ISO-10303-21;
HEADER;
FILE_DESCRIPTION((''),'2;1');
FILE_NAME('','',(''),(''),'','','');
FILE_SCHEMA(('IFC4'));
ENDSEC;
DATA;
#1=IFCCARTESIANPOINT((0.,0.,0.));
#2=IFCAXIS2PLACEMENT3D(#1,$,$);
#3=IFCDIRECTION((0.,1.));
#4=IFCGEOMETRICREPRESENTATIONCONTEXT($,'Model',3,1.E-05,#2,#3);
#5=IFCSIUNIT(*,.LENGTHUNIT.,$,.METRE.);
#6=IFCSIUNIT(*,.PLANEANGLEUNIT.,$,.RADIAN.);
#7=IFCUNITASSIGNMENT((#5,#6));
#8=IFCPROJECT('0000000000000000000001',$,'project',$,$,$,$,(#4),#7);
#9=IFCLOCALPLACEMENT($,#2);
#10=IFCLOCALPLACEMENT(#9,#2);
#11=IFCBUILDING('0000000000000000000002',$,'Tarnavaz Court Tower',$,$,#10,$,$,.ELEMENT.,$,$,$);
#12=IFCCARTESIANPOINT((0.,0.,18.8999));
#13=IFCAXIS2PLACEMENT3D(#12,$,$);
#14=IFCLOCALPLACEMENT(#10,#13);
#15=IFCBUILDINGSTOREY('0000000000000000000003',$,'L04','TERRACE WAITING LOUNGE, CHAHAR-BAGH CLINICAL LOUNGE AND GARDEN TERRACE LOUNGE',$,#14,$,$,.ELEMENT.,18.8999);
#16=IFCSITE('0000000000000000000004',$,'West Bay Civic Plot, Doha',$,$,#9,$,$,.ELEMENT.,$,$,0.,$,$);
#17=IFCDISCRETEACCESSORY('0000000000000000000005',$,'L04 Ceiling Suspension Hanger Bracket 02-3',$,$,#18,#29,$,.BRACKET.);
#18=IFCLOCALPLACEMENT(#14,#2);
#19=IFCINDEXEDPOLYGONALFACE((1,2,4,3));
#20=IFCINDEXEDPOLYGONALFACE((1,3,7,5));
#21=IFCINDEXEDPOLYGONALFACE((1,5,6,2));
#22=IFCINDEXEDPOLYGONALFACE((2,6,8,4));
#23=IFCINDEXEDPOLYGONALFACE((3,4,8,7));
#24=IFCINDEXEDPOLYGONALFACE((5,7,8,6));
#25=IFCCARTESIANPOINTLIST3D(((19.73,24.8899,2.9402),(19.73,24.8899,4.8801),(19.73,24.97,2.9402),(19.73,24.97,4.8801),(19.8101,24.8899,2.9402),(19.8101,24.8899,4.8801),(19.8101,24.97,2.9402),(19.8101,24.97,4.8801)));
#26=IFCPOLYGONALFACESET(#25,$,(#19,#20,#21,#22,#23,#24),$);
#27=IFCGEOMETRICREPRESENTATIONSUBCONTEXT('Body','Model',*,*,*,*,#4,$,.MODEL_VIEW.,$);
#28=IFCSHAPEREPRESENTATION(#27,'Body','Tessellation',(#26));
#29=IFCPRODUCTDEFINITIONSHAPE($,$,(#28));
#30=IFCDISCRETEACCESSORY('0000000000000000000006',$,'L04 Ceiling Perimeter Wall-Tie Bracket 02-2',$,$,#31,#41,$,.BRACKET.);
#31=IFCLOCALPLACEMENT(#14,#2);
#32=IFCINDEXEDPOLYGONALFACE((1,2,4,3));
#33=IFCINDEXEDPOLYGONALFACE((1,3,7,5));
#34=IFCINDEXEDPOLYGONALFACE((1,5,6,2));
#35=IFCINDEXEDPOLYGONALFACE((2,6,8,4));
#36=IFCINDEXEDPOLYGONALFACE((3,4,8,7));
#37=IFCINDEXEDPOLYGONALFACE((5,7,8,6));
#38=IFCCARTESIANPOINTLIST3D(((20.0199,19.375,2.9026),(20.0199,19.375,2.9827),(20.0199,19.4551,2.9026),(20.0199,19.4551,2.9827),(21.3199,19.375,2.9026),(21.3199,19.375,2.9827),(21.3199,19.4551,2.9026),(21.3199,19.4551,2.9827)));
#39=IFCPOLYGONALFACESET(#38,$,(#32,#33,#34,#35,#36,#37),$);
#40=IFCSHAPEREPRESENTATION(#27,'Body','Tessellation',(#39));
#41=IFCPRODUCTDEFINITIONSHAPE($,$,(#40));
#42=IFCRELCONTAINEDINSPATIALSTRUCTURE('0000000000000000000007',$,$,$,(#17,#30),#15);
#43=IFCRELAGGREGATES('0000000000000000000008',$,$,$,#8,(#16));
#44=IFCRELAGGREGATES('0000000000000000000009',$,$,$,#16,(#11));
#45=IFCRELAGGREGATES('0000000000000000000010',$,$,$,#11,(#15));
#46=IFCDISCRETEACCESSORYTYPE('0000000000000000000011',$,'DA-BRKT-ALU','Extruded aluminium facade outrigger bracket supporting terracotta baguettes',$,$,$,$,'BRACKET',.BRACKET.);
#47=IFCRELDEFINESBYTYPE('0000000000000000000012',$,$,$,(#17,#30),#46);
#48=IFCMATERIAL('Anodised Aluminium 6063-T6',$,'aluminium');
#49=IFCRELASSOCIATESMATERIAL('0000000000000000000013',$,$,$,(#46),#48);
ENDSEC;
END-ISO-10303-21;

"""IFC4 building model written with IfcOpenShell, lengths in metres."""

from ifc_helpers import new_model, si_unit, direction, frame, origin, origin_2d, place, context, subcontext, project, spatial, rectangle, extrude, material, type_object, element, save


model = new_model("IFC4")

# Units and contexts
model_context = context("Model", 3, precision=1e-05, world=origin(), true_north=direction((0.0, 1.0)))
body_context = subcontext(model_context, "Body", "Model", "MODEL_VIEW")
ifc_project = project(units=[si_unit("LENGTHUNIT", "METRE"), si_unit("PLANEANGLEUNIT", "RADIAN")], contexts=[model_context])

# Site, building, storey
site_placement = place(None, origin())
site = spatial("IfcSite", under=ifc_project, at=site_placement, Name="West Bay Civic Plot, Doha", CompositionType="ELEMENT", RefElevation=0.0)
building_placement = place(site_placement, origin())
building = spatial("IfcBuilding", under=site, at=building_placement, Name="Tarnavaz Court Tower", CompositionType="ELEMENT")
storey_placement = place(building_placement, frame((0.0, 0.0, 18.8999)))
storey = spatial("IfcBuildingStorey", under=building, at=storey_placement, Name="L04", Description="TERRACE WAITING LOUNGE, CHAHAR-BAGH CLINICAL LOUNGE AND GARDEN TERRACE LOUNGE", CompositionType="ELEMENT", Elevation=18.8999)

# Discrete accessories
ifc_material_1 = material(Name="Anodised Aluminium 6063-T6", Category="aluminium")
discrete_accessory_type = type_object("IfcDiscreteAccessoryType", Name="DA-BRKT-ALU", Description="Extruded aluminium facade outrigger bracket supporting terracotta baguettes", ElementType="BRACKET", PredefinedType="BRACKET", material=ifc_material_1)
for number, where, z_axis, x_axis, name in (
    (1, (19.77, 24.9299, 2.9402), (0.0, 0.0, 1.0), (1.0, 0.0, 0.0), "L04 Ceiling Suspension Hanger Bracket 02-3"),
):
    element("IfcDiscreteAccessory", number, at=place(storey_placement, frame(where, z_axis=z_axis, x_axis=x_axis)), inside=storey, type_object=discrete_accessory_type, Name=name, PredefinedType="BRACKET", context=body_context, shape_type="SweptSolid", body=[
        extrude(rectangle(XDim=0.0801, YDim=0.0801, at=origin_2d()), origin(), (0.0, 0.0, 1.0), 1.9399),
    ])
discrete_accessory_placement = place(storey_placement, frame((20.6699, 19.415, 2.9026), z_axis=(0.0, 0.0, 1.0), x_axis=(1.0, 0.0, 0.0)))
element("IfcDiscreteAccessory", 2, at=discrete_accessory_placement, inside=storey, type_object=discrete_accessory_type, Name="L04 Ceiling Perimeter Wall-Tie Bracket 02-2", PredefinedType="BRACKET", context=body_context, shape_type="SweptSolid", body=[
    extrude(rectangle(XDim=1.3, YDim=0.0801, at=origin_2d()), origin(), (0.0, 0.0, 1.0), 0.0801),
])

save(model, "model.ifc")
